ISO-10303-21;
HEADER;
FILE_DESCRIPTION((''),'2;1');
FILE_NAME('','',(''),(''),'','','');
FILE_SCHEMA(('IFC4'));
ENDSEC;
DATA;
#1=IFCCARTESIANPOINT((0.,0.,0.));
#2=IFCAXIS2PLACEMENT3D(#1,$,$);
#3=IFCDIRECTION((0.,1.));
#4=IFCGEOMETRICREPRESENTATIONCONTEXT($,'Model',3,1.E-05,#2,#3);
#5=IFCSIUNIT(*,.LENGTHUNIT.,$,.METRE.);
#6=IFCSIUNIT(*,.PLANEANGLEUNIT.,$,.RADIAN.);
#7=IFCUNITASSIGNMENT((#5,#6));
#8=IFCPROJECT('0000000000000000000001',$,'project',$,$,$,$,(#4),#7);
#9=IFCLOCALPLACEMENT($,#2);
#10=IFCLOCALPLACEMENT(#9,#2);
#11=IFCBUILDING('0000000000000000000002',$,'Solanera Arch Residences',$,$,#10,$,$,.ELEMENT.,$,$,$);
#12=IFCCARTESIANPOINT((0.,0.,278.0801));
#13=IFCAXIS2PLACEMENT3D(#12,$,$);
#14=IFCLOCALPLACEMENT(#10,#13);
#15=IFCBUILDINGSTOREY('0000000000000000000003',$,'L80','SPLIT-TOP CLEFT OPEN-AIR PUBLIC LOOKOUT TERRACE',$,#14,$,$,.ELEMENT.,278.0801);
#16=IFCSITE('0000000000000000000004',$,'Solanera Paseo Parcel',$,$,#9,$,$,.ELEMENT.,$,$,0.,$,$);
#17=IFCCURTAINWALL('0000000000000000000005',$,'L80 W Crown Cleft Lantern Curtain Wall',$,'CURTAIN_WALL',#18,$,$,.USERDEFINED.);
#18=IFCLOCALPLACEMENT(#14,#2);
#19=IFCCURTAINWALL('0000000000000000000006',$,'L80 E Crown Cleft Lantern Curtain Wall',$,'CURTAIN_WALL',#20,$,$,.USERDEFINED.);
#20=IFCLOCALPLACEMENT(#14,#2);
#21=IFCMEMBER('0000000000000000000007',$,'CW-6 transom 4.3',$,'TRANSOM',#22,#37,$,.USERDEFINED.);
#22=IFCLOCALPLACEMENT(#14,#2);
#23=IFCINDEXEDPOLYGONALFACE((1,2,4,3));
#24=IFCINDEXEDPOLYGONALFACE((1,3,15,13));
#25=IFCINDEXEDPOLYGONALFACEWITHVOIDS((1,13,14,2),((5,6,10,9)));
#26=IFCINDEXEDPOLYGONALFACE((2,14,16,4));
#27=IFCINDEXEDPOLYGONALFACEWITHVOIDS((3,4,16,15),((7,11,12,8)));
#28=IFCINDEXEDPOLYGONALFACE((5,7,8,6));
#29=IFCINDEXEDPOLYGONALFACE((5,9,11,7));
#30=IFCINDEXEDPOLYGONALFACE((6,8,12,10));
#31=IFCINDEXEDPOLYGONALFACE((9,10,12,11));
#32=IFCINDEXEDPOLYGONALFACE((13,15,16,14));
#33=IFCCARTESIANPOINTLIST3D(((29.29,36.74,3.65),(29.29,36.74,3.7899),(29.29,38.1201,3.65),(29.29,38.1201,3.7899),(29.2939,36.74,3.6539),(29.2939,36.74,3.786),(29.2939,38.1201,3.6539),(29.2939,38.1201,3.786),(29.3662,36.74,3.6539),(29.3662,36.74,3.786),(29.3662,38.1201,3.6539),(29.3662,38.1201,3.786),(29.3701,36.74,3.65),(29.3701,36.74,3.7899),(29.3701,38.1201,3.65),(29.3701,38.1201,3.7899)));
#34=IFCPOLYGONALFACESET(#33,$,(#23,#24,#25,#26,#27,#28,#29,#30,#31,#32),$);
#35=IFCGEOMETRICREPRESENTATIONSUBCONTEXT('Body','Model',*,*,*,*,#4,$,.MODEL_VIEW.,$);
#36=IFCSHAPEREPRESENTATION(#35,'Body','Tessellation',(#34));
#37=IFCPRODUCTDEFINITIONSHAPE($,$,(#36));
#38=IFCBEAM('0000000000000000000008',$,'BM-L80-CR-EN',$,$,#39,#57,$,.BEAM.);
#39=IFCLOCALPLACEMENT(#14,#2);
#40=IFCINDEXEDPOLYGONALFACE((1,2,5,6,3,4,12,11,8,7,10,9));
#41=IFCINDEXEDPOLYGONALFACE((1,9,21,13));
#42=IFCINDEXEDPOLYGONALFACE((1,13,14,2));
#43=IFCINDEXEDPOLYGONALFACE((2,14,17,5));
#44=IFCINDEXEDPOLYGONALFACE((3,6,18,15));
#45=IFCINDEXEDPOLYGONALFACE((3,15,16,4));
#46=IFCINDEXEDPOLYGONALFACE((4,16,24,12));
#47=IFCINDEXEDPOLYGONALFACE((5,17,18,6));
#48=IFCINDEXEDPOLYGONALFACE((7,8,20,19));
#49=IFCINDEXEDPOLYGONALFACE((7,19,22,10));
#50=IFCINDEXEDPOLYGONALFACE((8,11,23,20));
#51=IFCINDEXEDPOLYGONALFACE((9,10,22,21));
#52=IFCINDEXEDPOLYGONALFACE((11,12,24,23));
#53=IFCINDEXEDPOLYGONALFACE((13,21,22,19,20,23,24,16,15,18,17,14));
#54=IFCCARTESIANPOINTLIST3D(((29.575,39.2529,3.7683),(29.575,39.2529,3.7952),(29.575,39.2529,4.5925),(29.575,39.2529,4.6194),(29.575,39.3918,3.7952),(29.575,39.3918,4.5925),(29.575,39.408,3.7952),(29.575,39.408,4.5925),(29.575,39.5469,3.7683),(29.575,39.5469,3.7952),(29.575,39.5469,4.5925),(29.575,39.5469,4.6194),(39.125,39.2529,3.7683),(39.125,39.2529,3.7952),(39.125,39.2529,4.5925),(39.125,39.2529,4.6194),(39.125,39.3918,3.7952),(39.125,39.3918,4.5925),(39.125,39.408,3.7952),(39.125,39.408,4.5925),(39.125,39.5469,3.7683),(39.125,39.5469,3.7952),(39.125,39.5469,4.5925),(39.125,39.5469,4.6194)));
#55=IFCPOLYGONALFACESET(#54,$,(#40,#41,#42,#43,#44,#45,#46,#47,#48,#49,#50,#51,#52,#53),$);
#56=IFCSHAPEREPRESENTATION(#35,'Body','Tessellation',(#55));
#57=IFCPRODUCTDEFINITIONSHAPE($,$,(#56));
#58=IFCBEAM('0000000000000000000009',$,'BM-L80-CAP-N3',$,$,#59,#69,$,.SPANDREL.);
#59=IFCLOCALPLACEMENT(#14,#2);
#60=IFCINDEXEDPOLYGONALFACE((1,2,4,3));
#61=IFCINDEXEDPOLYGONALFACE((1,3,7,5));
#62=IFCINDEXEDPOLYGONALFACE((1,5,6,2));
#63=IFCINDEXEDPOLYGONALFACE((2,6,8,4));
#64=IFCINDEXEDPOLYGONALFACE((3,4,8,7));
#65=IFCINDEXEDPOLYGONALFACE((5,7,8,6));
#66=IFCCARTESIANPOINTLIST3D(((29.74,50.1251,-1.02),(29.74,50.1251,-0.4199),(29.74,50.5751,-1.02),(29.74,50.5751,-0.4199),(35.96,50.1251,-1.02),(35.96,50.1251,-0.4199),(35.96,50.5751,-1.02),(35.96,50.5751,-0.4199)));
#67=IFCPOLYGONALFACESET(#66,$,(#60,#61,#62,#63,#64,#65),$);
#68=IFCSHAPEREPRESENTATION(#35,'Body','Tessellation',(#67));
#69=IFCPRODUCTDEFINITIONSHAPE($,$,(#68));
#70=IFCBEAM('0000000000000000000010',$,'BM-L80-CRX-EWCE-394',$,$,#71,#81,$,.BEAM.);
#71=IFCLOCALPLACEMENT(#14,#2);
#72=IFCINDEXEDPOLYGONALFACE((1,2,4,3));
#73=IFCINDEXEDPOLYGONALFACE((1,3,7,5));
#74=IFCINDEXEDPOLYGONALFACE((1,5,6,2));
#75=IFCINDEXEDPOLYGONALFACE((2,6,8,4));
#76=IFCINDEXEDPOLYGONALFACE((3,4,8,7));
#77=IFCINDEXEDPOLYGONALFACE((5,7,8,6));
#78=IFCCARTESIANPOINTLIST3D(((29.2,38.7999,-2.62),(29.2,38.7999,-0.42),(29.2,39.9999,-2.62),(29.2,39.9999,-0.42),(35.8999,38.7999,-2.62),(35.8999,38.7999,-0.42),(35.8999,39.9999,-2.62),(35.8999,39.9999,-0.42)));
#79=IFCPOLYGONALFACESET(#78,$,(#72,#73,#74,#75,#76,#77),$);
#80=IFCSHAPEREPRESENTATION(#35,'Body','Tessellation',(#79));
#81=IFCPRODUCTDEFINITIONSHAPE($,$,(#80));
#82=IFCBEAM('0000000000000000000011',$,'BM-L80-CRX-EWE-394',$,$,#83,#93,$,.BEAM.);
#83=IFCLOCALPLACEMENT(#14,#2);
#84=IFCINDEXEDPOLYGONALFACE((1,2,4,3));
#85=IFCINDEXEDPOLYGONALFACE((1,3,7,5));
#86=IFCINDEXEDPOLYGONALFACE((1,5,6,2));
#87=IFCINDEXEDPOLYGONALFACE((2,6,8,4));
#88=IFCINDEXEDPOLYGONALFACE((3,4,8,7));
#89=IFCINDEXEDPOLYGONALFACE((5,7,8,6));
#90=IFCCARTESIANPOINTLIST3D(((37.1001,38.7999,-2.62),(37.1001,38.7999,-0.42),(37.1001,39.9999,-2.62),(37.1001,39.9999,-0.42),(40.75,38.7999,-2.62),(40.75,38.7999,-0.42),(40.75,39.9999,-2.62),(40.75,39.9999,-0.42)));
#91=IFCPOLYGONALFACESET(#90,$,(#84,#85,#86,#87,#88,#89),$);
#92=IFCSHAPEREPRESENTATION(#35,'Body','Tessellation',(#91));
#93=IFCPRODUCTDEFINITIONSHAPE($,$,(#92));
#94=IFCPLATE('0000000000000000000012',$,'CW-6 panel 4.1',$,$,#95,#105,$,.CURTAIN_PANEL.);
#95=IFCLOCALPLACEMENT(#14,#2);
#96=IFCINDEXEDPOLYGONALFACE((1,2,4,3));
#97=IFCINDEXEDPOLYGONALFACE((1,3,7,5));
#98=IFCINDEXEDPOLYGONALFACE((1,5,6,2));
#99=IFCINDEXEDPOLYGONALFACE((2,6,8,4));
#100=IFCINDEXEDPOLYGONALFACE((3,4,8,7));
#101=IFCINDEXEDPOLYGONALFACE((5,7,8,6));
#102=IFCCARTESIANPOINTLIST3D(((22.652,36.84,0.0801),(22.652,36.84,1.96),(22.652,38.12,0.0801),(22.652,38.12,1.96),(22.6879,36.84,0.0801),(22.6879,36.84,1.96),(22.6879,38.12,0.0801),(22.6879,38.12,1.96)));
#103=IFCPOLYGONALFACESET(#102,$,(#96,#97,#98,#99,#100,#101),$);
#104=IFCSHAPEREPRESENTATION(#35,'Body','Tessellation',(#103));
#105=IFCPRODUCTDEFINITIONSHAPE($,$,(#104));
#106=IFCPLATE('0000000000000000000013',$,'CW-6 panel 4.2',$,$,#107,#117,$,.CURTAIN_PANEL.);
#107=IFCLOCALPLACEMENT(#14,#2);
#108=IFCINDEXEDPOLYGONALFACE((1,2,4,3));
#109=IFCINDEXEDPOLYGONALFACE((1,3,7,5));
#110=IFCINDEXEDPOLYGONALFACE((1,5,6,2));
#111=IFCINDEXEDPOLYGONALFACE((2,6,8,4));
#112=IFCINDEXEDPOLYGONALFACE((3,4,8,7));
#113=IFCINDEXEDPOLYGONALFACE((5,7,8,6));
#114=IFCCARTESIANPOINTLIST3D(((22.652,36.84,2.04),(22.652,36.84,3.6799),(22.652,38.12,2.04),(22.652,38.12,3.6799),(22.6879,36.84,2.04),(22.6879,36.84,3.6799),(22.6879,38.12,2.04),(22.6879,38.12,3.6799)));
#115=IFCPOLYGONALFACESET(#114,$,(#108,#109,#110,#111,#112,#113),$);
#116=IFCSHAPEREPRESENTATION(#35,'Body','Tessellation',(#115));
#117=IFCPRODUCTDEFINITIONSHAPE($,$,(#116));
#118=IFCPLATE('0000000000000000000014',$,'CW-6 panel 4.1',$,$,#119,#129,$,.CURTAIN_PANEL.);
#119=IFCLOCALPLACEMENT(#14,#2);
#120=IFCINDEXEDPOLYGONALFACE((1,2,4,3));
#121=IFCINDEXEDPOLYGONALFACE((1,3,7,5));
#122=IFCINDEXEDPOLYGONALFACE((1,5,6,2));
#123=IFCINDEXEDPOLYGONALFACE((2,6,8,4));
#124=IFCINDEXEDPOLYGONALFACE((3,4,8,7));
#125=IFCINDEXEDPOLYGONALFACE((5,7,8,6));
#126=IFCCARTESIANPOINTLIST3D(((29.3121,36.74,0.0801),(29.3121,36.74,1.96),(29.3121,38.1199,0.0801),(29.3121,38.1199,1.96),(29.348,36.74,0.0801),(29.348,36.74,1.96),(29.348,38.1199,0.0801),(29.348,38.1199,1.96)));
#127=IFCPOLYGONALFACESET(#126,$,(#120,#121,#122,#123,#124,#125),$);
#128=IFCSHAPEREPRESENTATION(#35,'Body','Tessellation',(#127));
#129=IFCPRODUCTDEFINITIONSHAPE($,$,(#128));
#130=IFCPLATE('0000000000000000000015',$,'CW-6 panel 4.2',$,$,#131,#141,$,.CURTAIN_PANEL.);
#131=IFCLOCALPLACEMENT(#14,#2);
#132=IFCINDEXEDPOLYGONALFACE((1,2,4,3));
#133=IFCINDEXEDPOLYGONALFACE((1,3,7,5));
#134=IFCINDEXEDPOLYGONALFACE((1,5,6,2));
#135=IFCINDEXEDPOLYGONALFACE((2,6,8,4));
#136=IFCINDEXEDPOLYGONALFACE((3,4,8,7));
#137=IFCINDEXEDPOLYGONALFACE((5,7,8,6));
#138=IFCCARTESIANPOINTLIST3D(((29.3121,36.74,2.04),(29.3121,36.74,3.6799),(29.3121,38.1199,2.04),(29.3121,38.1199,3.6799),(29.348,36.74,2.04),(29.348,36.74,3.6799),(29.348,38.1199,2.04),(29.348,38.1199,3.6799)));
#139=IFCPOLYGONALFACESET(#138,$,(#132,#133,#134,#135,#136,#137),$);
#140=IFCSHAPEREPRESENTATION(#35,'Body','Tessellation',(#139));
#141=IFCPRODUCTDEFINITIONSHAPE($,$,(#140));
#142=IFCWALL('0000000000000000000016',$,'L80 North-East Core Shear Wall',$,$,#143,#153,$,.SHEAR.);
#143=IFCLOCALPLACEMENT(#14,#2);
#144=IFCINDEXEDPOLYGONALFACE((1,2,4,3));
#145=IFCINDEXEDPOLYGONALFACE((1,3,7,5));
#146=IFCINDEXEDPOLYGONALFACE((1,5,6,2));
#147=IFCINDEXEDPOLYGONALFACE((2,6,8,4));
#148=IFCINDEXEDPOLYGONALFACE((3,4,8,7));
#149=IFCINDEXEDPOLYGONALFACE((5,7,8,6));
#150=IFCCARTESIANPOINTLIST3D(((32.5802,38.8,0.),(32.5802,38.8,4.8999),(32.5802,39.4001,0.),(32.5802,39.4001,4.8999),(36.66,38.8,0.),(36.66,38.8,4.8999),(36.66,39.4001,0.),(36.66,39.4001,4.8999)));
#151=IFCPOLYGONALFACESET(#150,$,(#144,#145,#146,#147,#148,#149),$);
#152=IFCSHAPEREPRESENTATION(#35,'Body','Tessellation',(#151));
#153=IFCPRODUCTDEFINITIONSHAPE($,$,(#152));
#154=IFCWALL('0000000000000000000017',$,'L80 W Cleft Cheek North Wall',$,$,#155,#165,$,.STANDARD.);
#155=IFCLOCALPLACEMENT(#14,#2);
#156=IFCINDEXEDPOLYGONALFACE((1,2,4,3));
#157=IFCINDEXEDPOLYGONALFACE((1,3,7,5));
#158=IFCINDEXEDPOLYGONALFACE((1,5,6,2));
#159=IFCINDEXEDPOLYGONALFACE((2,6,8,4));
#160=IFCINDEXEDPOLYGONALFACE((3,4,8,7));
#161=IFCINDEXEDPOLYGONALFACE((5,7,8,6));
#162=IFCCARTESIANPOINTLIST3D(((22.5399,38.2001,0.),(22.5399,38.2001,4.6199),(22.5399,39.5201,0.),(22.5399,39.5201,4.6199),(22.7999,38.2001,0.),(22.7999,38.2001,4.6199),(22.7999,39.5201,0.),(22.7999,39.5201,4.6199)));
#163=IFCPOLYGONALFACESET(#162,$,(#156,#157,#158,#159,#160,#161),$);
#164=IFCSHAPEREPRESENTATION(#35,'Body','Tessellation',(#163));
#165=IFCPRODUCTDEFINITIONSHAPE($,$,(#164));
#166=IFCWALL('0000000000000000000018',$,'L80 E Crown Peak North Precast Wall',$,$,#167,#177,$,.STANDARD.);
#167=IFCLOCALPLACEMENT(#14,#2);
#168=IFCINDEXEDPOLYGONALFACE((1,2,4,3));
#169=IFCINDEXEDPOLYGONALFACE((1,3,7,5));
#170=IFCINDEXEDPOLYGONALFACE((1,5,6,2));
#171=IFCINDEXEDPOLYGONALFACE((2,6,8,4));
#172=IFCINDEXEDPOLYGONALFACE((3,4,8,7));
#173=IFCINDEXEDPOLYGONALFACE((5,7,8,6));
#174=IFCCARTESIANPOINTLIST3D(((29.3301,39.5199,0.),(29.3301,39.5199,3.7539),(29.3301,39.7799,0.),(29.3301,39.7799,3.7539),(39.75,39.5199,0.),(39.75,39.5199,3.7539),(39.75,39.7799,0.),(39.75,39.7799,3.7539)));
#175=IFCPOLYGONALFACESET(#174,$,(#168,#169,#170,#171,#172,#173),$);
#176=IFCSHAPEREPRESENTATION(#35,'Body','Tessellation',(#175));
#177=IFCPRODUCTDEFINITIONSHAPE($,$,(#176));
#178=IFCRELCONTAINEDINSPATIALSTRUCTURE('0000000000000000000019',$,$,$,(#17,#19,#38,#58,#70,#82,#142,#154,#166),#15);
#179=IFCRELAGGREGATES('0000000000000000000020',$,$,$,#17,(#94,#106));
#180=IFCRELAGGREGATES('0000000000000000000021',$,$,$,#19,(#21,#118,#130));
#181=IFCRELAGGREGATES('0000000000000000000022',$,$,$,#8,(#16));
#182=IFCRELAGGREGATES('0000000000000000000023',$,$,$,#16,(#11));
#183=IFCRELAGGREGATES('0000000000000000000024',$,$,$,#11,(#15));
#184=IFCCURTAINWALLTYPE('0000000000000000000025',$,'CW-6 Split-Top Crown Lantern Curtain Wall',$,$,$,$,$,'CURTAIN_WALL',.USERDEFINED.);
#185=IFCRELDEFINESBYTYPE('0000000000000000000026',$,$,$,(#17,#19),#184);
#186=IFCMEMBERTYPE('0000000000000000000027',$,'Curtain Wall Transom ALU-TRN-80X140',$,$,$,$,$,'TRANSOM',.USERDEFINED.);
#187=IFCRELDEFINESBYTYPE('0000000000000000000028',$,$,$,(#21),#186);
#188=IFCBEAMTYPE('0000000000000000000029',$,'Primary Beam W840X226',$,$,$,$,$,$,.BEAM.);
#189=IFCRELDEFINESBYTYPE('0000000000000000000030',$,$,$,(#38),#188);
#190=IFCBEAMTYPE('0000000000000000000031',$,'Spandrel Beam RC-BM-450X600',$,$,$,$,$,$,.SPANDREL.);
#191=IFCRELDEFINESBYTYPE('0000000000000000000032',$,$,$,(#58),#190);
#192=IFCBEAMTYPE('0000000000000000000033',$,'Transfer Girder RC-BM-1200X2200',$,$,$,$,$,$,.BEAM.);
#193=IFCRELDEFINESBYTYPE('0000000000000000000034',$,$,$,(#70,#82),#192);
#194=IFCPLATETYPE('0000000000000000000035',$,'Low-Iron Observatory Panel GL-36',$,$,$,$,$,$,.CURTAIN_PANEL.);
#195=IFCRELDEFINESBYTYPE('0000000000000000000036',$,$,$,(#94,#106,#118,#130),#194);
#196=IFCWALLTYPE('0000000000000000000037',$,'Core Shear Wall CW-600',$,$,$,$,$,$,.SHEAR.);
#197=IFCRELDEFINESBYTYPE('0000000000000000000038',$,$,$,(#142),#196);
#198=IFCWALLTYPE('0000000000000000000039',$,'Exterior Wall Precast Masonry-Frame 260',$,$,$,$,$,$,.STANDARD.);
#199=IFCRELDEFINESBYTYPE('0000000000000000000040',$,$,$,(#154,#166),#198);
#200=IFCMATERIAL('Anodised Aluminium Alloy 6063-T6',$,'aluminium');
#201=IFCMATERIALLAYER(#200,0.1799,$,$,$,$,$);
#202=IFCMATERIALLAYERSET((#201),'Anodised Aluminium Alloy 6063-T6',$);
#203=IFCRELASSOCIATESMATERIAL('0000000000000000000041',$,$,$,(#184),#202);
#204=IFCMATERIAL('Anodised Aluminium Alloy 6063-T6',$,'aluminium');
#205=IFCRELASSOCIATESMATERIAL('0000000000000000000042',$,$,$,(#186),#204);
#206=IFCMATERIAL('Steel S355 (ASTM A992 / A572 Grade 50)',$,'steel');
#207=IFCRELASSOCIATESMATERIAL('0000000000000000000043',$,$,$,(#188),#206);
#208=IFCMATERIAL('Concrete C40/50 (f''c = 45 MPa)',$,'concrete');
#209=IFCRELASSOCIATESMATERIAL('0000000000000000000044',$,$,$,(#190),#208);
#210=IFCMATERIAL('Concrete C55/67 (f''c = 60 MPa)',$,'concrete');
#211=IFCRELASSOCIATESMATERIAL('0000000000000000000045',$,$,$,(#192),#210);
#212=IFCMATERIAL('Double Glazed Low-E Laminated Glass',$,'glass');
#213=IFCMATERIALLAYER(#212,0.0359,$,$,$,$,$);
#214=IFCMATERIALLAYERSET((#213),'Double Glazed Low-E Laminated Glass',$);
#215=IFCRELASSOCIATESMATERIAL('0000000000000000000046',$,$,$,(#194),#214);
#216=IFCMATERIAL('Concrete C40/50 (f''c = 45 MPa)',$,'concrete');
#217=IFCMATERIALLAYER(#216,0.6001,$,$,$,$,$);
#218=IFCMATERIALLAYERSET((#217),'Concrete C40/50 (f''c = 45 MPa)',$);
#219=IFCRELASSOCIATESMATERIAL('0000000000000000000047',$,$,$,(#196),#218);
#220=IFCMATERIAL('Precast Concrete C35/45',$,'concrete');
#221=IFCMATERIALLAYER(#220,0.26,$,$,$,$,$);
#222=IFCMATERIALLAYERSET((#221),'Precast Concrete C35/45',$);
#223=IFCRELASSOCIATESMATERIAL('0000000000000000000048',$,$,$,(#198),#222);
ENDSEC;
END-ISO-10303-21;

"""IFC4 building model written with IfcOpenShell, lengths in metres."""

from ifc_helpers import new_model, si_unit, direction, frame, frame_2d, origin, origin_2d, place, context, subcontext, project, spatial, rectangle, hollow_rectangle, i_section, extrude, material, layer, layer_set, material_profile, profile_set, type_object, element, aggregate, save


model = new_model("IFC4")

# Units and contexts
model_context = context("Model", 3, precision=1e-05, world=origin(), true_north=direction((0.0, 1.0)))
body_context = subcontext(model_context, "Body", "Model", "MODEL_VIEW")
ifc_project = project(units=[si_unit("LENGTHUNIT", "METRE"), si_unit("PLANEANGLEUNIT", "RADIAN")], contexts=[model_context])

# Site, building, storey
site_placement = place(None, origin())
site = spatial("IfcSite", under=ifc_project, at=site_placement, Name="Solanera Paseo Parcel", CompositionType="ELEMENT", RefElevation=0.0)
building_placement = place(site_placement, origin())
building = spatial("IfcBuilding", under=site, at=building_placement, Name="Solanera Arch Residences", CompositionType="ELEMENT")
storey_placement = place(building_placement, frame((0.0, 0.0, 278.0801)))
storey = spatial("IfcBuildingStorey", under=building, at=storey_placement, Name="L80", Description="SPLIT-TOP CLEFT OPEN-AIR PUBLIC LOOKOUT TERRACE", CompositionType="ELEMENT", Elevation=278.0801)

# Curtain walls
ifc_material_1 = material(Name="Anodised Aluminium Alloy 6063-T6", Category="aluminium")
ifc_layer_1 = layer(ifc_material_1, 0.1799)
ifc_layer_set_1 = layer_set([ifc_layer_1], Name="Anodised Aluminium Alloy 6063-T6")
curtain_wall_type = type_object("IfcCurtainWallType", Name="CW-6 Split-Top Crown Lantern Curtain Wall", ElementType="CURTAIN_WALL", PredefinedType="USERDEFINED", material=ifc_layer_set_1)
curtain_wall_1_placement = place(storey_placement, origin())
curtain_wall_1 = element("IfcCurtainWall", 1, at=curtain_wall_1_placement, inside=storey, type_object=curtain_wall_type, Name="L80 W Crown Cleft Lantern Curtain Wall", ObjectType="CURTAIN_WALL", PredefinedType="USERDEFINED")
curtain_wall_2_placement = place(storey_placement, origin())
curtain_wall_2 = element("IfcCurtainWall", 2, at=curtain_wall_2_placement, inside=storey, type_object=curtain_wall_type, Name="L80 E Crown Cleft Lantern Curtain Wall", ObjectType="CURTAIN_WALL", PredefinedType="USERDEFINED")

# Member
ifc_material_2 = material(Name="Anodised Aluminium Alloy 6063-T6", Category="aluminium")
ifc_material_profile_1 = material_profile(ifc_material_2, hollow_rectangle(XDim=0.0801, YDim=0.1399, WallThickness=0.0039, at=origin_2d()))
ifc_profile_set_1 = profile_set([ifc_material_profile_1], Name="Anodised Aluminium Alloy 6063-T6")
member_type_1 = type_object("IfcMemberType", Name="Curtain Wall Transom ALU-TRN-80X140", ElementType="TRANSOM", PredefinedType="USERDEFINED", material=ifc_profile_set_1)
member_1_placement = place(storey_placement, frame((29.3301, 36.74, 3.72), z_axis=(0.0, 1.0, 0.0), x_axis=(-1.0, 0.0, 0.0)))
member_1 = element("IfcMember", 3, at=member_1_placement, type_object=member_type_1, Name="CW-6 transom 4.3", ObjectType="TRANSOM", PredefinedType="USERDEFINED", context=body_context, shape_type="SweptSolid", body=[
    extrude(hollow_rectangle(XDim=0.0801, YDim=0.1399, WallThickness=0.0039, at=origin_2d()), origin(), (0.0, 0.0, 1.0), 1.3801),
])

# Beams
ifc_material_3 = material(Name="Steel S355 (ASTM A992 / A572 Grade 50)", Category="steel")
ifc_material_profile_2 = material_profile(ifc_material_3, i_section(OverallWidth=0.2939, OverallDepth=0.8511, WebThickness=0.0161, FlangeThickness=0.0269, at=origin_2d()))
ifc_profile_set_2 = profile_set([ifc_material_profile_2], Name="Steel S355 (ASTM A992 / A572 Grade 50)")
beam_type_1 = type_object("IfcBeamType", Name="Primary Beam W840X226", PredefinedType="BEAM", material=ifc_profile_set_2)
beam_1_placement = place(storey_placement, frame((29.575, 39.3999, 4.1938), z_axis=(1.0, 0.0, 0.0), x_axis=(0.0, 1.0, 0.0)))
element("IfcBeam", 4, at=beam_1_placement, inside=storey, type_object=beam_type_1, Name="BM-L80-CR-EN", PredefinedType="BEAM", context=body_context, shape_type="SweptSolid", body=[
    extrude(i_section(OverallWidth=0.2939, OverallDepth=0.8511, WebThickness=0.0161, FlangeThickness=0.0269, at=origin_2d()), origin(), (0.0, 0.0, 1.0), 9.55),
])
ifc_material_4 = material(Name="Concrete C40/50 (f'c = 45 MPa)", Category="concrete")
ifc_material_profile_3 = material_profile(ifc_material_4, rectangle(XDim=0.45, YDim=0.6001, at=origin_2d()))
ifc_profile_set_3 = profile_set([ifc_material_profile_3], Name="Concrete C40/50 (f'c = 45 MPa)")
beam_type_2 = type_object("IfcBeamType", Name="Spandrel Beam RC-BM-450X600", PredefinedType="SPANDREL", material=ifc_profile_set_3)
beam_2_placement = place(storey_placement, frame((29.74, 50.3501, -0.72), z_axis=(1.0, 0.0, 0.0), x_axis=(0.0, 1.0, 0.0)))
element("IfcBeam", 5, at=beam_2_placement, inside=storey, type_object=beam_type_2, Name="BM-L80-CAP-N3", PredefinedType="SPANDREL", context=body_context, shape_type="SweptSolid", body=[
    extrude(rectangle(XDim=0.45, YDim=0.6001, at=origin_2d()), origin(), (0.0, 0.0, 1.0), 6.22),
])
ifc_material_5 = material(Name="Concrete C55/67 (f'c = 60 MPa)", Category="concrete")
ifc_material_profile_4 = material_profile(ifc_material_5, rectangle(XDim=1.2, YDim=2.2, at=origin_2d()))
ifc_profile_set_4 = profile_set([ifc_material_profile_4], Name="Concrete C55/67 (f'c = 60 MPa)")
beam_type_3 = type_object("IfcBeamType", Name="Transfer Girder RC-BM-1200X2200", PredefinedType="BEAM", material=ifc_profile_set_4)
beam_3_placement = place(storey_placement, frame((29.2, 39.3999, -1.52), z_axis=(1.0, 0.0, 0.0), x_axis=(0.0, 1.0, 0.0)))
element("IfcBeam", 6, at=beam_3_placement, inside=storey, type_object=beam_type_3, Name="BM-L80-CRX-EWCE-394", PredefinedType="BEAM", context=body_context, shape_type="SweptSolid", body=[
    extrude(rectangle(XDim=1.2, YDim=2.2, at=origin_2d()), origin(), (0.0, 0.0, 1.0), 6.7),
])
beam_4_placement = place(storey_placement, frame((37.1001, 39.3999, -1.52), z_axis=(1.0, 0.0, 0.0), x_axis=(0.0, 1.0, 0.0)))
element("IfcBeam", 7, at=beam_4_placement, inside=storey, type_object=beam_type_3, Name="BM-L80-CRX-EWE-394", PredefinedType="BEAM", context=body_context, shape_type="SweptSolid", body=[
    extrude(rectangle(XDim=1.2, YDim=2.2, at=origin_2d()), origin(), (0.0, 0.0, 1.0), 3.6499),
])

# Plates
ifc_material_6 = material(Name="Double Glazed Low-E Laminated Glass", Category="glass")
ifc_layer_2 = layer(ifc_material_6, 0.0359)
ifc_layer_set_2 = layer_set([ifc_layer_2], Name="Double Glazed Low-E Laminated Glass")
plate_type = type_object("IfcPlateType", Name="Low-Iron Observatory Panel GL-36", PredefinedType="CURTAIN_PANEL", material=ifc_layer_set_2)
plate_1_placement = place(storey_placement, frame((22.6699, 37.48, 0.0801), z_axis=(0.0, 0.0, 1.0), x_axis=(0.0, 1.0, 0.0)))
plate_1 = element("IfcPlate", 8, at=plate_1_placement, type_object=plate_type, Name="CW-6 panel 4.1", PredefinedType="CURTAIN_PANEL", context=body_context, shape_type="SweptSolid", body=[
    extrude(rectangle(XDim=1.28, YDim=0.0359, at=origin_2d()), origin(), (0.0, 0.0, 1.0), 1.8799),
])
plate_2_placement = place(storey_placement, frame((22.6699, 37.48, 2.04), z_axis=(0.0, 0.0, 1.0), x_axis=(0.0, 1.0, 0.0)))
plate_2 = element("IfcPlate", 9, at=plate_2_placement, type_object=plate_type, Name="CW-6 panel 4.2", PredefinedType="CURTAIN_PANEL", context=body_context, shape_type="SweptSolid", body=[
    extrude(rectangle(XDim=1.28, YDim=0.0359, at=origin_2d()), origin(), (0.0, 0.0, 1.0), 1.6399),
])
aggregate(curtain_wall_1, [plate_1, plate_2])
plate_3_placement = place(storey_placement, frame((29.3301, 37.4299, 0.0801), z_axis=(0.0, 0.0, 1.0), x_axis=(0.0, 1.0, 0.0)))
plate_3 = element("IfcPlate", 10, at=plate_3_placement, type_object=plate_type, Name="CW-6 panel 4.1", PredefinedType="CURTAIN_PANEL", context=body_context, shape_type="SweptSolid", body=[
    extrude(rectangle(XDim=1.3799, YDim=0.0359, at=origin_2d()), origin(), (0.0, 0.0, 1.0), 1.8799),
])
plate_4_placement = place(storey_placement, frame((29.3301, 37.4299, 2.04), z_axis=(0.0, 0.0, 1.0), x_axis=(0.0, 1.0, 0.0)))
plate_4 = element("IfcPlate", 11, at=plate_4_placement, type_object=plate_type, Name="CW-6 panel 4.2", PredefinedType="CURTAIN_PANEL", context=body_context, shape_type="SweptSolid", body=[
    extrude(rectangle(XDim=1.3799, YDim=0.0359, at=origin_2d()), origin(), (0.0, 0.0, 1.0), 1.6399),
])
aggregate(curtain_wall_2, [member_1, plate_3, plate_4])

# Walls
ifc_material_7 = material(Name="Concrete C40/50 (f'c = 45 MPa)", Category="concrete")
ifc_layer_3 = layer(ifc_material_7, 0.6001)
ifc_layer_set_3 = layer_set([ifc_layer_3], Name="Concrete C40/50 (f'c = 45 MPa)")
wall_type_1 = type_object("IfcWallType", Name="Core Shear Wall CW-600", PredefinedType="SHEAR", material=ifc_layer_set_3)
wall_1_placement = place(storey_placement, frame((32.5801, 39.1001, 0.0), z_axis=(0.0, 0.0, 1.0), x_axis=(1.0, 0.0, 0.0)))
element("IfcWall", 12, at=wall_1_placement, inside=storey, type_object=wall_type_1, Name="L80 North-East Core Shear Wall", PredefinedType="SHEAR", context=body_context, shape_type="SweptSolid", body=[
    extrude(rectangle(XDim=4.0798, YDim=0.6001, at=frame_2d((2.04, 0.0))), origin(), (0.0, 0.0, 1.0), 4.8999),
])
ifc_material_8 = material(Name="Precast Concrete C35/45", Category="concrete")
ifc_layer_4 = layer(ifc_material_8, 0.26)
ifc_layer_set_4 = layer_set([ifc_layer_4], Name="Precast Concrete C35/45")
wall_type_2 = type_object("IfcWallType", Name="Exterior Wall Precast Masonry-Frame 260", PredefinedType="STANDARD", material=ifc_layer_set_4)
wall_2_placement = place(storey_placement, frame((22.6699, 38.2, 0.0), z_axis=(0.0, 0.0, 1.0), x_axis=(0.0, 1.0, 0.0)))
element("IfcWall", 13, at=wall_2_placement, inside=storey, type_object=wall_type_2, Name="L80 W Cleft Cheek North Wall", PredefinedType="STANDARD", context=body_context, shape_type="SweptSolid", body=[
    extrude(rectangle(XDim=1.3201, YDim=0.26, at=frame_2d((0.6602, 0.0))), origin(), (0.0, 0.0, 1.0), 4.6199),
])
wall_3_placement = place(storey_placement, frame((29.3301, 39.6499, 0.0), z_axis=(0.0, 0.0, 1.0), x_axis=(1.0, 0.0, 0.0)))
element("IfcWall", 14, at=wall_3_placement, inside=storey, type_object=wall_type_2, Name="L80 E Crown Peak North Precast Wall", PredefinedType="STANDARD", context=body_context, shape_type="SweptSolid", body=[
    extrude(rectangle(XDim=10.4199, YDim=0.26, at=frame_2d((5.21, 0.0))), origin(), (0.0, 0.0, 1.0), 3.7539),
])

save(model, "model.ifc")
